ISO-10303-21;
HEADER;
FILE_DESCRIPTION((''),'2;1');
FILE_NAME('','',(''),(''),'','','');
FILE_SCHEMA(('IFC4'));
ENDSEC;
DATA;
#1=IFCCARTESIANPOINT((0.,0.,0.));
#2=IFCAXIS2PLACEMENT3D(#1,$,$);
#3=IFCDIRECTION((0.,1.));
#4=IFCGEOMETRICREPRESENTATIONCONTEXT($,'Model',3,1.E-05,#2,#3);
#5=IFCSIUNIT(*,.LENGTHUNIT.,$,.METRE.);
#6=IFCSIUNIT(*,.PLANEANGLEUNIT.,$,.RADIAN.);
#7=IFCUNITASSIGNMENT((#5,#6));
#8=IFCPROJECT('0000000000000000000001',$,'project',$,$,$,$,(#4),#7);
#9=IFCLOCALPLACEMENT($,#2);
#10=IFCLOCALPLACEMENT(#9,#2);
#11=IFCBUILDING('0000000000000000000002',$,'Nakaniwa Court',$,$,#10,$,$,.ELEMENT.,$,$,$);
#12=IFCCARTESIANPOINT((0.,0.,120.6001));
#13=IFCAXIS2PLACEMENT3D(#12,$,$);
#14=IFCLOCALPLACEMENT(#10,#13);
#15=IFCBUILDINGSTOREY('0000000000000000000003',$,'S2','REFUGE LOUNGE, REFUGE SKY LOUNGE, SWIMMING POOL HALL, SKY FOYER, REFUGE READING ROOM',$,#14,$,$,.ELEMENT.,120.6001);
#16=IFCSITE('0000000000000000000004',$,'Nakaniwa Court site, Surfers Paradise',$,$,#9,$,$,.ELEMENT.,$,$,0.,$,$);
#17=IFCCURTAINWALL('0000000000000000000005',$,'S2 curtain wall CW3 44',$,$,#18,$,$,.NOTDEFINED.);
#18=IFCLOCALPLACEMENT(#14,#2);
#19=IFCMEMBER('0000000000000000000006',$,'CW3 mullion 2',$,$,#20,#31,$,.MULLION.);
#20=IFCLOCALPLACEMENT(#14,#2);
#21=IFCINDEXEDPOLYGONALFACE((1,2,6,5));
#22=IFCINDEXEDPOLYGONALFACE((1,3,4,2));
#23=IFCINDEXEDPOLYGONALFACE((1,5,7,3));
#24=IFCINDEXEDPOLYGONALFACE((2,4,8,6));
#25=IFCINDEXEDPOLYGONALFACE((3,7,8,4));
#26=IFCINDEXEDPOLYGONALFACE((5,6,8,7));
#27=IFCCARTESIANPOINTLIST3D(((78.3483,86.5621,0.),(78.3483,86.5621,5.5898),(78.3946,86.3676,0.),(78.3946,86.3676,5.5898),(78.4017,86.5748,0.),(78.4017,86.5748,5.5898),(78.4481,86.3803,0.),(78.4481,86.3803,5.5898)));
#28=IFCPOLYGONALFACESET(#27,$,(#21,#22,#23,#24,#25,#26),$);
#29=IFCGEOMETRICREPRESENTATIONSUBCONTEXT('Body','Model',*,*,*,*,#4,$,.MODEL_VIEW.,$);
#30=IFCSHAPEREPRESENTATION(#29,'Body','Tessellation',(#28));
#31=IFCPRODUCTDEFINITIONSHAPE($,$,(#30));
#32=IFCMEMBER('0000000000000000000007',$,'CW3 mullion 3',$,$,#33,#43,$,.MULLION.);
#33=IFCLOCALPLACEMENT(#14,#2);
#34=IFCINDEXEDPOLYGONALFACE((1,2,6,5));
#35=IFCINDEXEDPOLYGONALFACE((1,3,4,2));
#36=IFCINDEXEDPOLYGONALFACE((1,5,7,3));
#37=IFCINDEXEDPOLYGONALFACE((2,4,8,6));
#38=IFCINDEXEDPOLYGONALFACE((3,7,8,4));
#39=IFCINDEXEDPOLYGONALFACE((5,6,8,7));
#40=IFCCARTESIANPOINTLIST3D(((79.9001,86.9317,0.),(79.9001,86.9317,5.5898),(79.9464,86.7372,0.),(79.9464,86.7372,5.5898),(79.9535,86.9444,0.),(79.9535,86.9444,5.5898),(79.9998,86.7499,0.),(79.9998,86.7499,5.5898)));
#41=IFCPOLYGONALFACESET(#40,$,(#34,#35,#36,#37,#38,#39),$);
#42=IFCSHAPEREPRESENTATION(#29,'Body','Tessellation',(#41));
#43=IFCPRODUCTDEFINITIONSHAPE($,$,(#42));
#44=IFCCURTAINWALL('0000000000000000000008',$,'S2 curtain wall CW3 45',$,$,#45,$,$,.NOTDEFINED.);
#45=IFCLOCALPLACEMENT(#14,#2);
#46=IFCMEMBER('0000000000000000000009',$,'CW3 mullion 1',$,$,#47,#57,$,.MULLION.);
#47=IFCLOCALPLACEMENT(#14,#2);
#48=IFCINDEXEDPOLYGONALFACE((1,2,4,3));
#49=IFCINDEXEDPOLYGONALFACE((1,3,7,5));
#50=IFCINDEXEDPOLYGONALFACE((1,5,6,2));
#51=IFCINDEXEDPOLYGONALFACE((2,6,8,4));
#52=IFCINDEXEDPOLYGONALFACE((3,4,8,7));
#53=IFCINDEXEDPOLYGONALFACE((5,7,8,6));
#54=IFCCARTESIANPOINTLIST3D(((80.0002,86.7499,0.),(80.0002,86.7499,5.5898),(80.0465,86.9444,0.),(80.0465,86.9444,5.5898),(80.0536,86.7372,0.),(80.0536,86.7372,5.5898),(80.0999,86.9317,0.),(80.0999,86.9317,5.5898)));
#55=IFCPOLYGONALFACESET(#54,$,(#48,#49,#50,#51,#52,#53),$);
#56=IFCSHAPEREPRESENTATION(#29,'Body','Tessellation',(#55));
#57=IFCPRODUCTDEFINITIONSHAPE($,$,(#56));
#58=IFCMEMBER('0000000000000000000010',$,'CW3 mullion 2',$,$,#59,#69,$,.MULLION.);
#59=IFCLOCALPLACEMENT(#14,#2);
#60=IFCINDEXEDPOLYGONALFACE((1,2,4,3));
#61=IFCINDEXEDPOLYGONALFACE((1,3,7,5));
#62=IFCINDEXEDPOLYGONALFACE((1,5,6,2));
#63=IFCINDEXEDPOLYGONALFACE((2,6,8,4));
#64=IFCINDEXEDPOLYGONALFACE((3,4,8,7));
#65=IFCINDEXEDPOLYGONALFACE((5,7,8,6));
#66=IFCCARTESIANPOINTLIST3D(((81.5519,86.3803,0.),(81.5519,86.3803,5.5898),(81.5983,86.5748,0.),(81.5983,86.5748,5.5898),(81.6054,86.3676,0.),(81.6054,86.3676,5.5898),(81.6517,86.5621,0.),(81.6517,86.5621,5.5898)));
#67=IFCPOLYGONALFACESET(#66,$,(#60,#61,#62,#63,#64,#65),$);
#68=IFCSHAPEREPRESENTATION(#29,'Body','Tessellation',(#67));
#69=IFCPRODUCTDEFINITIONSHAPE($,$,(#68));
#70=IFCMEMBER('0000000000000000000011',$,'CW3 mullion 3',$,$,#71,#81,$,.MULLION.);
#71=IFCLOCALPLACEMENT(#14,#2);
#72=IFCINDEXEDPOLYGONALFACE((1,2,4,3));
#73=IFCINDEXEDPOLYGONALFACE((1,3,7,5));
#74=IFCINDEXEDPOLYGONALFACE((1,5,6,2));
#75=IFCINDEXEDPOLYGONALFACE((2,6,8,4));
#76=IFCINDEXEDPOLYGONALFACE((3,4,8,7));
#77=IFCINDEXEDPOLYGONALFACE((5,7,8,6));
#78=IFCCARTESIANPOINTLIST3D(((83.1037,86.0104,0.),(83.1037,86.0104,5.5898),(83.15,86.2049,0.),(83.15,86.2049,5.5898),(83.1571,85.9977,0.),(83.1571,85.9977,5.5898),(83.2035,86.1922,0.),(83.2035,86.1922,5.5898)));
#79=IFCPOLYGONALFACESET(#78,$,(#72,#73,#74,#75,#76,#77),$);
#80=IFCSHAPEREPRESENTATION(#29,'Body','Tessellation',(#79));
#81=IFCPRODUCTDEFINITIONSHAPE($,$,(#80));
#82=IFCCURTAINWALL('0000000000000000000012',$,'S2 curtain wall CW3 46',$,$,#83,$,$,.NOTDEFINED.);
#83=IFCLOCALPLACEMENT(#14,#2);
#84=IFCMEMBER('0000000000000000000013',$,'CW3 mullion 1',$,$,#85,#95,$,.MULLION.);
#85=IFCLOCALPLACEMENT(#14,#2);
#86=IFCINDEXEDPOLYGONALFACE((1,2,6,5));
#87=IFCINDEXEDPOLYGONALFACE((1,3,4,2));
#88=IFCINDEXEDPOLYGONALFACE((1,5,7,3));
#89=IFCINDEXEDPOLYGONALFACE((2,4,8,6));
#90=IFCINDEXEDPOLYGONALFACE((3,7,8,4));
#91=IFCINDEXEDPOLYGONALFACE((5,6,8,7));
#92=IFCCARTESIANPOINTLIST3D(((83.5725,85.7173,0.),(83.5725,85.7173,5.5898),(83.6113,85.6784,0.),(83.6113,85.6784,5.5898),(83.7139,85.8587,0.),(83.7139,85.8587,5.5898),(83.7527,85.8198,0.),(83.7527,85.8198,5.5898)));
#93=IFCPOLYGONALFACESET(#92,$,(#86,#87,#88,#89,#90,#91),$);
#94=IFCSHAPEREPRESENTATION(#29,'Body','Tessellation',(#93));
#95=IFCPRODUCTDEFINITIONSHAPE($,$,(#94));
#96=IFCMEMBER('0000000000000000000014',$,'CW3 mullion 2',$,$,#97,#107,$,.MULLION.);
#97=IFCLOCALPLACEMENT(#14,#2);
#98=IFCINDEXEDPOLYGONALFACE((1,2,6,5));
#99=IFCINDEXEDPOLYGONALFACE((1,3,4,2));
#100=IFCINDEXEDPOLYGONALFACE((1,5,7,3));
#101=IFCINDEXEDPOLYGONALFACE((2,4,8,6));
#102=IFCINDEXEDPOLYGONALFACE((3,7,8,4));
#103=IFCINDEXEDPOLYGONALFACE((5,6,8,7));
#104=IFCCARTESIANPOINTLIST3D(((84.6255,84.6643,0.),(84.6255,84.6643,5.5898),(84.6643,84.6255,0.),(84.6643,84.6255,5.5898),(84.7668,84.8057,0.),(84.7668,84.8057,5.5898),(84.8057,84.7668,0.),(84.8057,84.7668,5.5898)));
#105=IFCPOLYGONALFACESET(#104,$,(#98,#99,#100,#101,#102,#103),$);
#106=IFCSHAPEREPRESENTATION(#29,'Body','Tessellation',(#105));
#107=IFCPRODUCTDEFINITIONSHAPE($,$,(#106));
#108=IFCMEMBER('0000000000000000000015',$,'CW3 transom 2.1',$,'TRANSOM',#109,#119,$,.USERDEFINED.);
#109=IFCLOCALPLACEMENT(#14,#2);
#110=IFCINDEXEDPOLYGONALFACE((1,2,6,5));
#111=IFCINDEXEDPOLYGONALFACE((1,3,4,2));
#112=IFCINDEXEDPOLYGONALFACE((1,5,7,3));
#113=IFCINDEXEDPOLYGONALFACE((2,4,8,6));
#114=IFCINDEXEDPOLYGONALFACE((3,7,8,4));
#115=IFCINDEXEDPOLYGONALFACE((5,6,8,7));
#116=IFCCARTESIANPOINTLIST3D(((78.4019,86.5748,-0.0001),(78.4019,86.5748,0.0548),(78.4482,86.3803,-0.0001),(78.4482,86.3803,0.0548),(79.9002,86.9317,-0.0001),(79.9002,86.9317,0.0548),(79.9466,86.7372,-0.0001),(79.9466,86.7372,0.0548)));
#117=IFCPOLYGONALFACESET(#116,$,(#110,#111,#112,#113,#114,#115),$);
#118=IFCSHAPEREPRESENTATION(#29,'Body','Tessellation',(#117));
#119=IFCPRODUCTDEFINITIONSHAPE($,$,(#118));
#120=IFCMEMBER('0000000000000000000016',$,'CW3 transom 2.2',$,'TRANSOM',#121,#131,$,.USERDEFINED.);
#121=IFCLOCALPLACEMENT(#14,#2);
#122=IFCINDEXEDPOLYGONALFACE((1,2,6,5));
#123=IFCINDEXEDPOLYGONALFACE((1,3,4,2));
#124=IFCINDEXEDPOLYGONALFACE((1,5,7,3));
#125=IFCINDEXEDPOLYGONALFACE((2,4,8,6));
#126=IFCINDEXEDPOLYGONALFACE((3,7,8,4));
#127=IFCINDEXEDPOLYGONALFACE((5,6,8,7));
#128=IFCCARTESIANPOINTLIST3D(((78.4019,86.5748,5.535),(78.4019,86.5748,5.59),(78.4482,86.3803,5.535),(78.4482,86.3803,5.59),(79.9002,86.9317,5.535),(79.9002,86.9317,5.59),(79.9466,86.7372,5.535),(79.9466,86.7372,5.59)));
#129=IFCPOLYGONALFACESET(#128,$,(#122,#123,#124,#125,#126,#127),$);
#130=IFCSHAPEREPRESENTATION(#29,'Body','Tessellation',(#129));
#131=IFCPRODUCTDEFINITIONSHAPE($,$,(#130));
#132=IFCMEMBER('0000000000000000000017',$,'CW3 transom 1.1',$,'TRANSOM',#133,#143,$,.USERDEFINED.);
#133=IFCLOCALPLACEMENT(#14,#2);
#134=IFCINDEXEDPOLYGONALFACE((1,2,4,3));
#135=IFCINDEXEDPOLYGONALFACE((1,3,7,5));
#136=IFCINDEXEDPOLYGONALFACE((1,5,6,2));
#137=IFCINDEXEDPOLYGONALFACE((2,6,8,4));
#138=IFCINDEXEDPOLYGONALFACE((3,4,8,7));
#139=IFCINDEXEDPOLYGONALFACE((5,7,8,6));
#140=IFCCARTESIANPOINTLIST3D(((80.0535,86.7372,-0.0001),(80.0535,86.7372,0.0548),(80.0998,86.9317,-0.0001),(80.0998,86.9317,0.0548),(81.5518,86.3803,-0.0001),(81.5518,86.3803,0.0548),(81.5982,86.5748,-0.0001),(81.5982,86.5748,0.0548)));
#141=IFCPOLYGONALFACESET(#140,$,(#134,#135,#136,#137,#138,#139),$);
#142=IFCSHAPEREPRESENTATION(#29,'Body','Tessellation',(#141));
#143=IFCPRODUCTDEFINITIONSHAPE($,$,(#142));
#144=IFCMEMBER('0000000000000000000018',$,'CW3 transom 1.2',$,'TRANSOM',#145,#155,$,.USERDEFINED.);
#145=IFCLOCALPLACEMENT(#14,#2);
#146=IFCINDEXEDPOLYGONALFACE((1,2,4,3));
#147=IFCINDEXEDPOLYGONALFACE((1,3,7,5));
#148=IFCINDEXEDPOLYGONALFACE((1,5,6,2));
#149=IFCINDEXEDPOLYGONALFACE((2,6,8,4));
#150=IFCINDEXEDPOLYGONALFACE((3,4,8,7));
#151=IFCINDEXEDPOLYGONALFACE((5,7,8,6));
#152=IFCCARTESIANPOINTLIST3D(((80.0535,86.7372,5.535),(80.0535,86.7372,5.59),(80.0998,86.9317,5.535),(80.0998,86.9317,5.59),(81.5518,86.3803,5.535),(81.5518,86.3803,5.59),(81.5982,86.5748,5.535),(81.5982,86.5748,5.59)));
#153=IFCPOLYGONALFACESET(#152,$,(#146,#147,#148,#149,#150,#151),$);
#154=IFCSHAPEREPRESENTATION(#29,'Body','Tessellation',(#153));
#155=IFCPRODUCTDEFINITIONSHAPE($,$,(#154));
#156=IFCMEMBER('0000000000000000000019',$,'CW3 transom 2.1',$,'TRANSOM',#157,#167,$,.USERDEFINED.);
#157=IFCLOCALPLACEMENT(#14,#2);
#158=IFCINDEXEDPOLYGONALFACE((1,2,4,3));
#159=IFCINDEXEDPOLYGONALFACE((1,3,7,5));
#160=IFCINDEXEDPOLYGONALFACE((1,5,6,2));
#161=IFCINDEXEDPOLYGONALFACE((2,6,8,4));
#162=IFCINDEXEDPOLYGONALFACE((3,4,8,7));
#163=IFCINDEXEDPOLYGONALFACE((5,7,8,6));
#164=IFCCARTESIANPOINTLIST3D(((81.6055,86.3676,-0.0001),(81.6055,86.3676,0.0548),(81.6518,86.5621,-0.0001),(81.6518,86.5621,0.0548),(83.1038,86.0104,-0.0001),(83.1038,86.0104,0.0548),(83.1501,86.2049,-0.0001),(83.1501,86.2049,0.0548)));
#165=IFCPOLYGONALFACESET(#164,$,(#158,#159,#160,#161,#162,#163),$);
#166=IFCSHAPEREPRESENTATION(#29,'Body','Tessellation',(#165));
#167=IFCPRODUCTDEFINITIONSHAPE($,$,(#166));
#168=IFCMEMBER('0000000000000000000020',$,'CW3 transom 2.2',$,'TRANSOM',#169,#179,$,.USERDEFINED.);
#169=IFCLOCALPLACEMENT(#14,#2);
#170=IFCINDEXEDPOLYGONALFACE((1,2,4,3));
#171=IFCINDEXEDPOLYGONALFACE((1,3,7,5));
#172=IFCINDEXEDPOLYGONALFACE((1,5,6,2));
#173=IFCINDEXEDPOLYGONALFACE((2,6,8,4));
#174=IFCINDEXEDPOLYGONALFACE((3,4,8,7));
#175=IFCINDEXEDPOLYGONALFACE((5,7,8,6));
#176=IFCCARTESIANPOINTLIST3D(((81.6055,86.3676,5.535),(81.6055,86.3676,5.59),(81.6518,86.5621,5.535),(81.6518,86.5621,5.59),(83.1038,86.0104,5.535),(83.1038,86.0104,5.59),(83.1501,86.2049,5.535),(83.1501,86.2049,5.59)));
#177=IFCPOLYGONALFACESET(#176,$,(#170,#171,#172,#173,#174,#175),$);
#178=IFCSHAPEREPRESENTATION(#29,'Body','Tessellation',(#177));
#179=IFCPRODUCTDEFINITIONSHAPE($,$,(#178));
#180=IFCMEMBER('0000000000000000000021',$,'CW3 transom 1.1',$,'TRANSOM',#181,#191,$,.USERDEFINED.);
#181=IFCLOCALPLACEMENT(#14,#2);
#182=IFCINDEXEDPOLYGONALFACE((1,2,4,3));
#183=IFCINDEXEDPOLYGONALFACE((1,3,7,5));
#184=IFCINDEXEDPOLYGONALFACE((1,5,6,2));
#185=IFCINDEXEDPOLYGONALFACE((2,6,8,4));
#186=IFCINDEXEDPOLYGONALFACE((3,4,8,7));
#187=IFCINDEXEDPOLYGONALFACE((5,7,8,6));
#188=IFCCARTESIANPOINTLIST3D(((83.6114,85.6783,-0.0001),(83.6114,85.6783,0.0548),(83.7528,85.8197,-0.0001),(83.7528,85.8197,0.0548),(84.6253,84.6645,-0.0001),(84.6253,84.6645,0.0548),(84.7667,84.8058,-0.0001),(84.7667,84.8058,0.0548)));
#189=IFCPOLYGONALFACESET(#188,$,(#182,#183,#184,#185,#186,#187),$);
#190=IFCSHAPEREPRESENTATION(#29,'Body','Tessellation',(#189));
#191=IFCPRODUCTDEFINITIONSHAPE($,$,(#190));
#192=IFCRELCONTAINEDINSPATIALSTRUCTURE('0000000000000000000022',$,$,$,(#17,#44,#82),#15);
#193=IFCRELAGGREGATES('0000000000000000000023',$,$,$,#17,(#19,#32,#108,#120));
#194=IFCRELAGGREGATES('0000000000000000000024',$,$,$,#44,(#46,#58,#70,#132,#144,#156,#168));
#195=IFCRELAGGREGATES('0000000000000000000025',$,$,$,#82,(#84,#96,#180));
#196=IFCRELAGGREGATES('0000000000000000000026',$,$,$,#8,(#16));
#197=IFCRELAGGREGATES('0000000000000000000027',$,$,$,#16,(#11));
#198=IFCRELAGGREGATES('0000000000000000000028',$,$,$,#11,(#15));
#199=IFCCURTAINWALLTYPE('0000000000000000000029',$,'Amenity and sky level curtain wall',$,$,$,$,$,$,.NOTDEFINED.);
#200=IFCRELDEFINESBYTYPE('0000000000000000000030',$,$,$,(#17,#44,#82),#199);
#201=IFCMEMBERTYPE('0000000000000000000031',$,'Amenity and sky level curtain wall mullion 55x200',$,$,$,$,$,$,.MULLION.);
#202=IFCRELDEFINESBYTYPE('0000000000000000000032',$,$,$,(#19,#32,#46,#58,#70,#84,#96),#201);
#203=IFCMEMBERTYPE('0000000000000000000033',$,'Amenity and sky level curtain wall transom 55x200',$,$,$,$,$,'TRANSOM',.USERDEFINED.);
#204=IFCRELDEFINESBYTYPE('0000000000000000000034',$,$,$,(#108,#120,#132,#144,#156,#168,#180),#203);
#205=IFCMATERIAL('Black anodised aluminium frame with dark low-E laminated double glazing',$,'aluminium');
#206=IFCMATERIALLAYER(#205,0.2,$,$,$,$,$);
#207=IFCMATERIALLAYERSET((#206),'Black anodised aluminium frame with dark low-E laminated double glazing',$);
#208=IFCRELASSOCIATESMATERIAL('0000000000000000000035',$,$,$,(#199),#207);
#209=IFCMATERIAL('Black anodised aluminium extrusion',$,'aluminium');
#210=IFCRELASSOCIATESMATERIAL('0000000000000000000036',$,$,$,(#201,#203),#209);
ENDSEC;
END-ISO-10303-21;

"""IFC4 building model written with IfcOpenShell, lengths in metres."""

from ifc_helpers import new_model, si_unit, direction, frame, origin, origin_2d, place, context, subcontext, project, spatial, rectangle, extrude, material, layer, layer_set, material_profile, profile_set, type_object, element, aggregate, save


model = new_model("IFC4")

# Units and contexts
model_context = context("Model", 3, precision=1e-05, world=origin(), true_north=direction((0.0, 1.0)))
body_context = subcontext(model_context, "Body", "Model", "MODEL_VIEW")
ifc_project = project(units=[si_unit("LENGTHUNIT", "METRE"), si_unit("PLANEANGLEUNIT", "RADIAN")], contexts=[model_context])

# Site, building, storey
site_placement = place(None, origin())
site = spatial("IfcSite", under=ifc_project, at=site_placement, Name="Nakaniwa Court site, Surfers Paradise", CompositionType="ELEMENT", RefElevation=0.0)
building_placement = place(site_placement, origin())
building = spatial("IfcBuilding", under=site, at=building_placement, Name="Nakaniwa Court", CompositionType="ELEMENT")
storey_placement = place(building_placement, frame((0.0, 0.0, 120.6001)))
storey = spatial("IfcBuildingStorey", under=building, at=storey_placement, Name="S2", Description="REFUGE LOUNGE, REFUGE SKY LOUNGE, SWIMMING POOL HALL, SKY FOYER, REFUGE READING ROOM", CompositionType="ELEMENT", Elevation=120.6001)

# Curtain walls, members
ifc_material_1 = material(Name="Black anodised aluminium frame with dark low-E laminated double glazing", Category="aluminium")
ifc_layer_1 = layer(ifc_material_1, 0.2)
ifc_layer_set_1 = layer_set([ifc_layer_1], Name="Black anodised aluminium frame with dark low-E laminated double glazing")
curtain_wall_type = type_object("IfcCurtainWallType", Name="Amenity and sky level curtain wall", PredefinedType="NOTDEFINED", material=ifc_layer_set_1)
curtain_wall_1_placement = place(storey_placement, origin())
curtain_wall_1 = element("IfcCurtainWall", 1, at=curtain_wall_1_placement, inside=storey, type_object=curtain_wall_type, Name="S2 curtain wall CW3 44", PredefinedType="NOTDEFINED")
ifc_material_2 = material(Name="Black anodised aluminium extrusion", Category="aluminium")
ifc_material_profile_1 = material_profile(ifc_material_2, rectangle(XDim=0.2, YDim=0.0549, at=origin_2d()), Name="Amenity and sky level curtain wall mullion 55x200")
ifc_profile_set_1 = profile_set([ifc_material_profile_1], Name="Black anodised aluminium extrusion")
member_type_1 = type_object("IfcMemberType", Name="Amenity and sky level curtain wall mullion 55x200", PredefinedType="MULLION", material=ifc_profile_set_1)
member_1_placement = place(storey_placement, frame((78.3982, 86.4712, 0.0), z_axis=(0.0, 0.0, 1.0), x_axis=(-0.231791, 0.972766, 0.0)))
member_1 = element("IfcMember", 2, at=member_1_placement, type_object=member_type_1, Name="CW3 mullion 2", PredefinedType="MULLION", context=body_context, shape_type="SweptSolid", body=[
    extrude(rectangle(XDim=0.2, YDim=0.0549, at=origin_2d()), origin(), (0.0, 0.0, 1.0), 5.5898),
])
member_2_placement = place(storey_placement, frame((79.95, 86.8408, 0.0), z_axis=(0.0, 0.0, 1.0), x_axis=(-0.231791, 0.972766, 0.0)))
member_2 = element("IfcMember", 3, at=member_2_placement, type_object=member_type_1, Name="CW3 mullion 3", PredefinedType="MULLION", context=body_context, shape_type="SweptSolid", body=[
    extrude(rectangle(XDim=0.2, YDim=0.0549, at=origin_2d()), origin(), (0.0, 0.0, 1.0), 5.5898),
])
curtain_wall_2_placement = place(storey_placement, origin())
curtain_wall_2 = element("IfcCurtainWall", 4, at=curtain_wall_2_placement, inside=storey, type_object=curtain_wall_type, Name="S2 curtain wall CW3 45", PredefinedType="NOTDEFINED")
member_3_placement = place(storey_placement, frame((80.05, 86.8408, 0.0), z_axis=(0.0, 0.0, 1.0), x_axis=(0.231791, 0.972766, 0.0)))
member_3 = element("IfcMember", 5, at=member_3_placement, type_object=member_type_1, Name="CW3 mullion 1", PredefinedType="MULLION", context=body_context, shape_type="SweptSolid", body=[
    extrude(rectangle(XDim=0.2, YDim=0.0549, at=origin_2d()), origin(), (0.0, 0.0, 1.0), 5.5898),
])
member_4_placement = place(storey_placement, frame((81.6018, 86.4712, 0.0), z_axis=(0.0, 0.0, 1.0), x_axis=(0.231791, 0.972766, 0.0)))
member_4 = element("IfcMember", 6, at=member_4_placement, type_object=member_type_1, Name="CW3 mullion 2", PredefinedType="MULLION", context=body_context, shape_type="SweptSolid", body=[
    extrude(rectangle(XDim=0.2, YDim=0.0549, at=origin_2d()), origin(), (0.0, 0.0, 1.0), 5.5898),
])
member_5_placement = place(storey_placement, frame((83.1536, 86.1013, 0.0), z_axis=(0.0, 0.0, 1.0), x_axis=(0.231791, 0.972766, 0.0)))
member_5 = element("IfcMember", 7, at=member_5_placement, type_object=member_type_1, Name="CW3 mullion 3", PredefinedType="MULLION", context=body_context, shape_type="SweptSolid", body=[
    extrude(rectangle(XDim=0.2, YDim=0.0549, at=origin_2d()), origin(), (0.0, 0.0, 1.0), 5.5898),
])
curtain_wall_3_placement = place(storey_placement, origin())
curtain_wall_3 = element("IfcCurtainWall", 8, at=curtain_wall_3_placement, inside=storey, type_object=curtain_wall_type, Name="S2 curtain wall CW3 46", PredefinedType="NOTDEFINED")
member_6_placement = place(storey_placement, frame((83.6626, 85.7686, 0.0), z_axis=(0.0, 0.0, 1.0), x_axis=(0.707107, 0.707107, 0.0)))
member_6 = element("IfcMember", 9, at=member_6_placement, type_object=member_type_1, Name="CW3 mullion 1", PredefinedType="MULLION", context=body_context, shape_type="SweptSolid", body=[
    extrude(rectangle(XDim=0.2, YDim=0.0549, at=origin_2d()), origin(), (0.0, 0.0, 1.0), 5.5898),
])
member_7_placement = place(storey_placement, frame((84.7156, 84.7156, 0.0), z_axis=(0.0, 0.0, 1.0), x_axis=(0.707107, 0.707107, 0.0)))
member_7 = element("IfcMember", 10, at=member_7_placement, type_object=member_type_1, Name="CW3 mullion 2", PredefinedType="MULLION", context=body_context, shape_type="SweptSolid", body=[
    extrude(rectangle(XDim=0.2, YDim=0.0549, at=origin_2d()), origin(), (0.0, 0.0, 1.0), 5.5898),
])

# Members
ifc_material_profile_2 = material_profile(ifc_material_2, rectangle(XDim=0.2, YDim=0.0549, at=origin_2d()), Name="Amenity and sky level curtain wall transom 55x200")
ifc_profile_set_2 = profile_set([ifc_material_profile_2], Name="Black anodised aluminium extrusion")
member_type_2 = type_object("IfcMemberType", Name="Amenity and sky level curtain wall transom 55x200", ElementType="TRANSOM", PredefinedType="USERDEFINED", material=ifc_profile_set_2)
member_8_placement = place(storey_placement, frame((78.425, 86.4775, 0.0273), z_axis=(0.972777, 0.231742, 0.0), x_axis=(-0.231742, 0.972777, 0.0)))
member_8 = element("IfcMember", 11, at=member_8_placement, type_object=member_type_2, Name="CW3 transom 2.1", ObjectType="TRANSOM", PredefinedType="USERDEFINED", context=body_context, shape_type="SweptSolid", body=[
    extrude(rectangle(XDim=0.2, YDim=0.0549, at=origin_2d()), origin(), (0.0, 0.0, 1.0), 1.5403),
])
member_9_placement = place(storey_placement, frame((78.425, 86.4775, 5.5625), z_axis=(0.972777, 0.231742, 0.0), x_axis=(-0.231742, 0.972777, 0.0)))
member_9 = element("IfcMember", 12, at=member_9_placement, type_object=member_type_2, Name="CW3 transom 2.2", ObjectType="TRANSOM", PredefinedType="USERDEFINED", context=body_context, shape_type="SweptSolid", body=[
    extrude(rectangle(XDim=0.2, YDim=0.0549, at=origin_2d()), origin(), (0.0, 0.0, 1.0), 1.5403),
])
member_10_placement = place(storey_placement, frame((80.0767, 86.8345, 0.0273), z_axis=(0.972777, -0.231742, 0.0), x_axis=(0.231742, 0.972777, 0.0)))
member_10 = element("IfcMember", 13, at=member_10_placement, type_object=member_type_2, Name="CW3 transom 1.1", ObjectType="TRANSOM", PredefinedType="USERDEFINED", context=body_context, shape_type="SweptSolid", body=[
    extrude(rectangle(XDim=0.2, YDim=0.0549, at=origin_2d()), origin(), (0.0, 0.0, 1.0), 1.5403),
])
member_11_placement = place(storey_placement, frame((80.0767, 86.8345, 5.5625), z_axis=(0.972777, -0.231742, 0.0), x_axis=(0.231742, 0.972777, 0.0)))
member_11 = element("IfcMember", 14, at=member_11_placement, type_object=member_type_2, Name="CW3 transom 1.2", ObjectType="TRANSOM", PredefinedType="USERDEFINED", context=body_context, shape_type="SweptSolid", body=[
    extrude(rectangle(XDim=0.2, YDim=0.0549, at=origin_2d()), origin(), (0.0, 0.0, 1.0), 1.5403),
])
member_12_placement = place(storey_placement, frame((81.6287, 86.4648, 0.0273), z_axis=(0.972742, -0.231892, 0.0), x_axis=(0.231892, 0.972742, 0.0)))
member_12 = element("IfcMember", 15, at=member_12_placement, type_object=member_type_2, Name="CW3 transom 2.1", ObjectType="TRANSOM", PredefinedType="USERDEFINED", context=body_context, shape_type="SweptSolid", body=[
    extrude(rectangle(XDim=0.2, YDim=0.0549, at=origin_2d()), origin(), (0.0, 0.0, 1.0), 1.5403),
])
member_13_placement = place(storey_placement, frame((81.6287, 86.4648, 5.5625), z_axis=(0.972742, -0.231892, 0.0), x_axis=(0.231892, 0.972742, 0.0)))
member_13 = element("IfcMember", 16, at=member_13_placement, type_object=member_type_2, Name="CW3 transom 2.2", ObjectType="TRANSOM", PredefinedType="USERDEFINED", context=body_context, shape_type="SweptSolid", body=[
    extrude(rectangle(XDim=0.2, YDim=0.0549, at=origin_2d()), origin(), (0.0, 0.0, 1.0), 1.5403),
])
member_14_placement = place(storey_placement, frame((83.6821, 85.749, 0.0273), z_axis=(0.707107, -0.707107, 0.0), x_axis=(0.707107, 0.707107, 0.0)))
member_14 = element("IfcMember", 17, at=member_14_placement, type_object=member_type_2, Name="CW3 transom 1.1", ObjectType="TRANSOM", PredefinedType="USERDEFINED", context=body_context, shape_type="SweptSolid", body=[
    extrude(rectangle(XDim=0.2, YDim=0.0549, at=origin_2d()), origin(), (0.0, 0.0, 1.0), 1.4338),
])

aggregate(curtain_wall_1, [member_1, member_2, member_8, member_9])
aggregate(curtain_wall_2, [member_3, member_4, member_5, member_10, member_11, member_12, member_13])
aggregate(curtain_wall_3, [member_6, member_7, member_14])

save(model, "model.ifc")
